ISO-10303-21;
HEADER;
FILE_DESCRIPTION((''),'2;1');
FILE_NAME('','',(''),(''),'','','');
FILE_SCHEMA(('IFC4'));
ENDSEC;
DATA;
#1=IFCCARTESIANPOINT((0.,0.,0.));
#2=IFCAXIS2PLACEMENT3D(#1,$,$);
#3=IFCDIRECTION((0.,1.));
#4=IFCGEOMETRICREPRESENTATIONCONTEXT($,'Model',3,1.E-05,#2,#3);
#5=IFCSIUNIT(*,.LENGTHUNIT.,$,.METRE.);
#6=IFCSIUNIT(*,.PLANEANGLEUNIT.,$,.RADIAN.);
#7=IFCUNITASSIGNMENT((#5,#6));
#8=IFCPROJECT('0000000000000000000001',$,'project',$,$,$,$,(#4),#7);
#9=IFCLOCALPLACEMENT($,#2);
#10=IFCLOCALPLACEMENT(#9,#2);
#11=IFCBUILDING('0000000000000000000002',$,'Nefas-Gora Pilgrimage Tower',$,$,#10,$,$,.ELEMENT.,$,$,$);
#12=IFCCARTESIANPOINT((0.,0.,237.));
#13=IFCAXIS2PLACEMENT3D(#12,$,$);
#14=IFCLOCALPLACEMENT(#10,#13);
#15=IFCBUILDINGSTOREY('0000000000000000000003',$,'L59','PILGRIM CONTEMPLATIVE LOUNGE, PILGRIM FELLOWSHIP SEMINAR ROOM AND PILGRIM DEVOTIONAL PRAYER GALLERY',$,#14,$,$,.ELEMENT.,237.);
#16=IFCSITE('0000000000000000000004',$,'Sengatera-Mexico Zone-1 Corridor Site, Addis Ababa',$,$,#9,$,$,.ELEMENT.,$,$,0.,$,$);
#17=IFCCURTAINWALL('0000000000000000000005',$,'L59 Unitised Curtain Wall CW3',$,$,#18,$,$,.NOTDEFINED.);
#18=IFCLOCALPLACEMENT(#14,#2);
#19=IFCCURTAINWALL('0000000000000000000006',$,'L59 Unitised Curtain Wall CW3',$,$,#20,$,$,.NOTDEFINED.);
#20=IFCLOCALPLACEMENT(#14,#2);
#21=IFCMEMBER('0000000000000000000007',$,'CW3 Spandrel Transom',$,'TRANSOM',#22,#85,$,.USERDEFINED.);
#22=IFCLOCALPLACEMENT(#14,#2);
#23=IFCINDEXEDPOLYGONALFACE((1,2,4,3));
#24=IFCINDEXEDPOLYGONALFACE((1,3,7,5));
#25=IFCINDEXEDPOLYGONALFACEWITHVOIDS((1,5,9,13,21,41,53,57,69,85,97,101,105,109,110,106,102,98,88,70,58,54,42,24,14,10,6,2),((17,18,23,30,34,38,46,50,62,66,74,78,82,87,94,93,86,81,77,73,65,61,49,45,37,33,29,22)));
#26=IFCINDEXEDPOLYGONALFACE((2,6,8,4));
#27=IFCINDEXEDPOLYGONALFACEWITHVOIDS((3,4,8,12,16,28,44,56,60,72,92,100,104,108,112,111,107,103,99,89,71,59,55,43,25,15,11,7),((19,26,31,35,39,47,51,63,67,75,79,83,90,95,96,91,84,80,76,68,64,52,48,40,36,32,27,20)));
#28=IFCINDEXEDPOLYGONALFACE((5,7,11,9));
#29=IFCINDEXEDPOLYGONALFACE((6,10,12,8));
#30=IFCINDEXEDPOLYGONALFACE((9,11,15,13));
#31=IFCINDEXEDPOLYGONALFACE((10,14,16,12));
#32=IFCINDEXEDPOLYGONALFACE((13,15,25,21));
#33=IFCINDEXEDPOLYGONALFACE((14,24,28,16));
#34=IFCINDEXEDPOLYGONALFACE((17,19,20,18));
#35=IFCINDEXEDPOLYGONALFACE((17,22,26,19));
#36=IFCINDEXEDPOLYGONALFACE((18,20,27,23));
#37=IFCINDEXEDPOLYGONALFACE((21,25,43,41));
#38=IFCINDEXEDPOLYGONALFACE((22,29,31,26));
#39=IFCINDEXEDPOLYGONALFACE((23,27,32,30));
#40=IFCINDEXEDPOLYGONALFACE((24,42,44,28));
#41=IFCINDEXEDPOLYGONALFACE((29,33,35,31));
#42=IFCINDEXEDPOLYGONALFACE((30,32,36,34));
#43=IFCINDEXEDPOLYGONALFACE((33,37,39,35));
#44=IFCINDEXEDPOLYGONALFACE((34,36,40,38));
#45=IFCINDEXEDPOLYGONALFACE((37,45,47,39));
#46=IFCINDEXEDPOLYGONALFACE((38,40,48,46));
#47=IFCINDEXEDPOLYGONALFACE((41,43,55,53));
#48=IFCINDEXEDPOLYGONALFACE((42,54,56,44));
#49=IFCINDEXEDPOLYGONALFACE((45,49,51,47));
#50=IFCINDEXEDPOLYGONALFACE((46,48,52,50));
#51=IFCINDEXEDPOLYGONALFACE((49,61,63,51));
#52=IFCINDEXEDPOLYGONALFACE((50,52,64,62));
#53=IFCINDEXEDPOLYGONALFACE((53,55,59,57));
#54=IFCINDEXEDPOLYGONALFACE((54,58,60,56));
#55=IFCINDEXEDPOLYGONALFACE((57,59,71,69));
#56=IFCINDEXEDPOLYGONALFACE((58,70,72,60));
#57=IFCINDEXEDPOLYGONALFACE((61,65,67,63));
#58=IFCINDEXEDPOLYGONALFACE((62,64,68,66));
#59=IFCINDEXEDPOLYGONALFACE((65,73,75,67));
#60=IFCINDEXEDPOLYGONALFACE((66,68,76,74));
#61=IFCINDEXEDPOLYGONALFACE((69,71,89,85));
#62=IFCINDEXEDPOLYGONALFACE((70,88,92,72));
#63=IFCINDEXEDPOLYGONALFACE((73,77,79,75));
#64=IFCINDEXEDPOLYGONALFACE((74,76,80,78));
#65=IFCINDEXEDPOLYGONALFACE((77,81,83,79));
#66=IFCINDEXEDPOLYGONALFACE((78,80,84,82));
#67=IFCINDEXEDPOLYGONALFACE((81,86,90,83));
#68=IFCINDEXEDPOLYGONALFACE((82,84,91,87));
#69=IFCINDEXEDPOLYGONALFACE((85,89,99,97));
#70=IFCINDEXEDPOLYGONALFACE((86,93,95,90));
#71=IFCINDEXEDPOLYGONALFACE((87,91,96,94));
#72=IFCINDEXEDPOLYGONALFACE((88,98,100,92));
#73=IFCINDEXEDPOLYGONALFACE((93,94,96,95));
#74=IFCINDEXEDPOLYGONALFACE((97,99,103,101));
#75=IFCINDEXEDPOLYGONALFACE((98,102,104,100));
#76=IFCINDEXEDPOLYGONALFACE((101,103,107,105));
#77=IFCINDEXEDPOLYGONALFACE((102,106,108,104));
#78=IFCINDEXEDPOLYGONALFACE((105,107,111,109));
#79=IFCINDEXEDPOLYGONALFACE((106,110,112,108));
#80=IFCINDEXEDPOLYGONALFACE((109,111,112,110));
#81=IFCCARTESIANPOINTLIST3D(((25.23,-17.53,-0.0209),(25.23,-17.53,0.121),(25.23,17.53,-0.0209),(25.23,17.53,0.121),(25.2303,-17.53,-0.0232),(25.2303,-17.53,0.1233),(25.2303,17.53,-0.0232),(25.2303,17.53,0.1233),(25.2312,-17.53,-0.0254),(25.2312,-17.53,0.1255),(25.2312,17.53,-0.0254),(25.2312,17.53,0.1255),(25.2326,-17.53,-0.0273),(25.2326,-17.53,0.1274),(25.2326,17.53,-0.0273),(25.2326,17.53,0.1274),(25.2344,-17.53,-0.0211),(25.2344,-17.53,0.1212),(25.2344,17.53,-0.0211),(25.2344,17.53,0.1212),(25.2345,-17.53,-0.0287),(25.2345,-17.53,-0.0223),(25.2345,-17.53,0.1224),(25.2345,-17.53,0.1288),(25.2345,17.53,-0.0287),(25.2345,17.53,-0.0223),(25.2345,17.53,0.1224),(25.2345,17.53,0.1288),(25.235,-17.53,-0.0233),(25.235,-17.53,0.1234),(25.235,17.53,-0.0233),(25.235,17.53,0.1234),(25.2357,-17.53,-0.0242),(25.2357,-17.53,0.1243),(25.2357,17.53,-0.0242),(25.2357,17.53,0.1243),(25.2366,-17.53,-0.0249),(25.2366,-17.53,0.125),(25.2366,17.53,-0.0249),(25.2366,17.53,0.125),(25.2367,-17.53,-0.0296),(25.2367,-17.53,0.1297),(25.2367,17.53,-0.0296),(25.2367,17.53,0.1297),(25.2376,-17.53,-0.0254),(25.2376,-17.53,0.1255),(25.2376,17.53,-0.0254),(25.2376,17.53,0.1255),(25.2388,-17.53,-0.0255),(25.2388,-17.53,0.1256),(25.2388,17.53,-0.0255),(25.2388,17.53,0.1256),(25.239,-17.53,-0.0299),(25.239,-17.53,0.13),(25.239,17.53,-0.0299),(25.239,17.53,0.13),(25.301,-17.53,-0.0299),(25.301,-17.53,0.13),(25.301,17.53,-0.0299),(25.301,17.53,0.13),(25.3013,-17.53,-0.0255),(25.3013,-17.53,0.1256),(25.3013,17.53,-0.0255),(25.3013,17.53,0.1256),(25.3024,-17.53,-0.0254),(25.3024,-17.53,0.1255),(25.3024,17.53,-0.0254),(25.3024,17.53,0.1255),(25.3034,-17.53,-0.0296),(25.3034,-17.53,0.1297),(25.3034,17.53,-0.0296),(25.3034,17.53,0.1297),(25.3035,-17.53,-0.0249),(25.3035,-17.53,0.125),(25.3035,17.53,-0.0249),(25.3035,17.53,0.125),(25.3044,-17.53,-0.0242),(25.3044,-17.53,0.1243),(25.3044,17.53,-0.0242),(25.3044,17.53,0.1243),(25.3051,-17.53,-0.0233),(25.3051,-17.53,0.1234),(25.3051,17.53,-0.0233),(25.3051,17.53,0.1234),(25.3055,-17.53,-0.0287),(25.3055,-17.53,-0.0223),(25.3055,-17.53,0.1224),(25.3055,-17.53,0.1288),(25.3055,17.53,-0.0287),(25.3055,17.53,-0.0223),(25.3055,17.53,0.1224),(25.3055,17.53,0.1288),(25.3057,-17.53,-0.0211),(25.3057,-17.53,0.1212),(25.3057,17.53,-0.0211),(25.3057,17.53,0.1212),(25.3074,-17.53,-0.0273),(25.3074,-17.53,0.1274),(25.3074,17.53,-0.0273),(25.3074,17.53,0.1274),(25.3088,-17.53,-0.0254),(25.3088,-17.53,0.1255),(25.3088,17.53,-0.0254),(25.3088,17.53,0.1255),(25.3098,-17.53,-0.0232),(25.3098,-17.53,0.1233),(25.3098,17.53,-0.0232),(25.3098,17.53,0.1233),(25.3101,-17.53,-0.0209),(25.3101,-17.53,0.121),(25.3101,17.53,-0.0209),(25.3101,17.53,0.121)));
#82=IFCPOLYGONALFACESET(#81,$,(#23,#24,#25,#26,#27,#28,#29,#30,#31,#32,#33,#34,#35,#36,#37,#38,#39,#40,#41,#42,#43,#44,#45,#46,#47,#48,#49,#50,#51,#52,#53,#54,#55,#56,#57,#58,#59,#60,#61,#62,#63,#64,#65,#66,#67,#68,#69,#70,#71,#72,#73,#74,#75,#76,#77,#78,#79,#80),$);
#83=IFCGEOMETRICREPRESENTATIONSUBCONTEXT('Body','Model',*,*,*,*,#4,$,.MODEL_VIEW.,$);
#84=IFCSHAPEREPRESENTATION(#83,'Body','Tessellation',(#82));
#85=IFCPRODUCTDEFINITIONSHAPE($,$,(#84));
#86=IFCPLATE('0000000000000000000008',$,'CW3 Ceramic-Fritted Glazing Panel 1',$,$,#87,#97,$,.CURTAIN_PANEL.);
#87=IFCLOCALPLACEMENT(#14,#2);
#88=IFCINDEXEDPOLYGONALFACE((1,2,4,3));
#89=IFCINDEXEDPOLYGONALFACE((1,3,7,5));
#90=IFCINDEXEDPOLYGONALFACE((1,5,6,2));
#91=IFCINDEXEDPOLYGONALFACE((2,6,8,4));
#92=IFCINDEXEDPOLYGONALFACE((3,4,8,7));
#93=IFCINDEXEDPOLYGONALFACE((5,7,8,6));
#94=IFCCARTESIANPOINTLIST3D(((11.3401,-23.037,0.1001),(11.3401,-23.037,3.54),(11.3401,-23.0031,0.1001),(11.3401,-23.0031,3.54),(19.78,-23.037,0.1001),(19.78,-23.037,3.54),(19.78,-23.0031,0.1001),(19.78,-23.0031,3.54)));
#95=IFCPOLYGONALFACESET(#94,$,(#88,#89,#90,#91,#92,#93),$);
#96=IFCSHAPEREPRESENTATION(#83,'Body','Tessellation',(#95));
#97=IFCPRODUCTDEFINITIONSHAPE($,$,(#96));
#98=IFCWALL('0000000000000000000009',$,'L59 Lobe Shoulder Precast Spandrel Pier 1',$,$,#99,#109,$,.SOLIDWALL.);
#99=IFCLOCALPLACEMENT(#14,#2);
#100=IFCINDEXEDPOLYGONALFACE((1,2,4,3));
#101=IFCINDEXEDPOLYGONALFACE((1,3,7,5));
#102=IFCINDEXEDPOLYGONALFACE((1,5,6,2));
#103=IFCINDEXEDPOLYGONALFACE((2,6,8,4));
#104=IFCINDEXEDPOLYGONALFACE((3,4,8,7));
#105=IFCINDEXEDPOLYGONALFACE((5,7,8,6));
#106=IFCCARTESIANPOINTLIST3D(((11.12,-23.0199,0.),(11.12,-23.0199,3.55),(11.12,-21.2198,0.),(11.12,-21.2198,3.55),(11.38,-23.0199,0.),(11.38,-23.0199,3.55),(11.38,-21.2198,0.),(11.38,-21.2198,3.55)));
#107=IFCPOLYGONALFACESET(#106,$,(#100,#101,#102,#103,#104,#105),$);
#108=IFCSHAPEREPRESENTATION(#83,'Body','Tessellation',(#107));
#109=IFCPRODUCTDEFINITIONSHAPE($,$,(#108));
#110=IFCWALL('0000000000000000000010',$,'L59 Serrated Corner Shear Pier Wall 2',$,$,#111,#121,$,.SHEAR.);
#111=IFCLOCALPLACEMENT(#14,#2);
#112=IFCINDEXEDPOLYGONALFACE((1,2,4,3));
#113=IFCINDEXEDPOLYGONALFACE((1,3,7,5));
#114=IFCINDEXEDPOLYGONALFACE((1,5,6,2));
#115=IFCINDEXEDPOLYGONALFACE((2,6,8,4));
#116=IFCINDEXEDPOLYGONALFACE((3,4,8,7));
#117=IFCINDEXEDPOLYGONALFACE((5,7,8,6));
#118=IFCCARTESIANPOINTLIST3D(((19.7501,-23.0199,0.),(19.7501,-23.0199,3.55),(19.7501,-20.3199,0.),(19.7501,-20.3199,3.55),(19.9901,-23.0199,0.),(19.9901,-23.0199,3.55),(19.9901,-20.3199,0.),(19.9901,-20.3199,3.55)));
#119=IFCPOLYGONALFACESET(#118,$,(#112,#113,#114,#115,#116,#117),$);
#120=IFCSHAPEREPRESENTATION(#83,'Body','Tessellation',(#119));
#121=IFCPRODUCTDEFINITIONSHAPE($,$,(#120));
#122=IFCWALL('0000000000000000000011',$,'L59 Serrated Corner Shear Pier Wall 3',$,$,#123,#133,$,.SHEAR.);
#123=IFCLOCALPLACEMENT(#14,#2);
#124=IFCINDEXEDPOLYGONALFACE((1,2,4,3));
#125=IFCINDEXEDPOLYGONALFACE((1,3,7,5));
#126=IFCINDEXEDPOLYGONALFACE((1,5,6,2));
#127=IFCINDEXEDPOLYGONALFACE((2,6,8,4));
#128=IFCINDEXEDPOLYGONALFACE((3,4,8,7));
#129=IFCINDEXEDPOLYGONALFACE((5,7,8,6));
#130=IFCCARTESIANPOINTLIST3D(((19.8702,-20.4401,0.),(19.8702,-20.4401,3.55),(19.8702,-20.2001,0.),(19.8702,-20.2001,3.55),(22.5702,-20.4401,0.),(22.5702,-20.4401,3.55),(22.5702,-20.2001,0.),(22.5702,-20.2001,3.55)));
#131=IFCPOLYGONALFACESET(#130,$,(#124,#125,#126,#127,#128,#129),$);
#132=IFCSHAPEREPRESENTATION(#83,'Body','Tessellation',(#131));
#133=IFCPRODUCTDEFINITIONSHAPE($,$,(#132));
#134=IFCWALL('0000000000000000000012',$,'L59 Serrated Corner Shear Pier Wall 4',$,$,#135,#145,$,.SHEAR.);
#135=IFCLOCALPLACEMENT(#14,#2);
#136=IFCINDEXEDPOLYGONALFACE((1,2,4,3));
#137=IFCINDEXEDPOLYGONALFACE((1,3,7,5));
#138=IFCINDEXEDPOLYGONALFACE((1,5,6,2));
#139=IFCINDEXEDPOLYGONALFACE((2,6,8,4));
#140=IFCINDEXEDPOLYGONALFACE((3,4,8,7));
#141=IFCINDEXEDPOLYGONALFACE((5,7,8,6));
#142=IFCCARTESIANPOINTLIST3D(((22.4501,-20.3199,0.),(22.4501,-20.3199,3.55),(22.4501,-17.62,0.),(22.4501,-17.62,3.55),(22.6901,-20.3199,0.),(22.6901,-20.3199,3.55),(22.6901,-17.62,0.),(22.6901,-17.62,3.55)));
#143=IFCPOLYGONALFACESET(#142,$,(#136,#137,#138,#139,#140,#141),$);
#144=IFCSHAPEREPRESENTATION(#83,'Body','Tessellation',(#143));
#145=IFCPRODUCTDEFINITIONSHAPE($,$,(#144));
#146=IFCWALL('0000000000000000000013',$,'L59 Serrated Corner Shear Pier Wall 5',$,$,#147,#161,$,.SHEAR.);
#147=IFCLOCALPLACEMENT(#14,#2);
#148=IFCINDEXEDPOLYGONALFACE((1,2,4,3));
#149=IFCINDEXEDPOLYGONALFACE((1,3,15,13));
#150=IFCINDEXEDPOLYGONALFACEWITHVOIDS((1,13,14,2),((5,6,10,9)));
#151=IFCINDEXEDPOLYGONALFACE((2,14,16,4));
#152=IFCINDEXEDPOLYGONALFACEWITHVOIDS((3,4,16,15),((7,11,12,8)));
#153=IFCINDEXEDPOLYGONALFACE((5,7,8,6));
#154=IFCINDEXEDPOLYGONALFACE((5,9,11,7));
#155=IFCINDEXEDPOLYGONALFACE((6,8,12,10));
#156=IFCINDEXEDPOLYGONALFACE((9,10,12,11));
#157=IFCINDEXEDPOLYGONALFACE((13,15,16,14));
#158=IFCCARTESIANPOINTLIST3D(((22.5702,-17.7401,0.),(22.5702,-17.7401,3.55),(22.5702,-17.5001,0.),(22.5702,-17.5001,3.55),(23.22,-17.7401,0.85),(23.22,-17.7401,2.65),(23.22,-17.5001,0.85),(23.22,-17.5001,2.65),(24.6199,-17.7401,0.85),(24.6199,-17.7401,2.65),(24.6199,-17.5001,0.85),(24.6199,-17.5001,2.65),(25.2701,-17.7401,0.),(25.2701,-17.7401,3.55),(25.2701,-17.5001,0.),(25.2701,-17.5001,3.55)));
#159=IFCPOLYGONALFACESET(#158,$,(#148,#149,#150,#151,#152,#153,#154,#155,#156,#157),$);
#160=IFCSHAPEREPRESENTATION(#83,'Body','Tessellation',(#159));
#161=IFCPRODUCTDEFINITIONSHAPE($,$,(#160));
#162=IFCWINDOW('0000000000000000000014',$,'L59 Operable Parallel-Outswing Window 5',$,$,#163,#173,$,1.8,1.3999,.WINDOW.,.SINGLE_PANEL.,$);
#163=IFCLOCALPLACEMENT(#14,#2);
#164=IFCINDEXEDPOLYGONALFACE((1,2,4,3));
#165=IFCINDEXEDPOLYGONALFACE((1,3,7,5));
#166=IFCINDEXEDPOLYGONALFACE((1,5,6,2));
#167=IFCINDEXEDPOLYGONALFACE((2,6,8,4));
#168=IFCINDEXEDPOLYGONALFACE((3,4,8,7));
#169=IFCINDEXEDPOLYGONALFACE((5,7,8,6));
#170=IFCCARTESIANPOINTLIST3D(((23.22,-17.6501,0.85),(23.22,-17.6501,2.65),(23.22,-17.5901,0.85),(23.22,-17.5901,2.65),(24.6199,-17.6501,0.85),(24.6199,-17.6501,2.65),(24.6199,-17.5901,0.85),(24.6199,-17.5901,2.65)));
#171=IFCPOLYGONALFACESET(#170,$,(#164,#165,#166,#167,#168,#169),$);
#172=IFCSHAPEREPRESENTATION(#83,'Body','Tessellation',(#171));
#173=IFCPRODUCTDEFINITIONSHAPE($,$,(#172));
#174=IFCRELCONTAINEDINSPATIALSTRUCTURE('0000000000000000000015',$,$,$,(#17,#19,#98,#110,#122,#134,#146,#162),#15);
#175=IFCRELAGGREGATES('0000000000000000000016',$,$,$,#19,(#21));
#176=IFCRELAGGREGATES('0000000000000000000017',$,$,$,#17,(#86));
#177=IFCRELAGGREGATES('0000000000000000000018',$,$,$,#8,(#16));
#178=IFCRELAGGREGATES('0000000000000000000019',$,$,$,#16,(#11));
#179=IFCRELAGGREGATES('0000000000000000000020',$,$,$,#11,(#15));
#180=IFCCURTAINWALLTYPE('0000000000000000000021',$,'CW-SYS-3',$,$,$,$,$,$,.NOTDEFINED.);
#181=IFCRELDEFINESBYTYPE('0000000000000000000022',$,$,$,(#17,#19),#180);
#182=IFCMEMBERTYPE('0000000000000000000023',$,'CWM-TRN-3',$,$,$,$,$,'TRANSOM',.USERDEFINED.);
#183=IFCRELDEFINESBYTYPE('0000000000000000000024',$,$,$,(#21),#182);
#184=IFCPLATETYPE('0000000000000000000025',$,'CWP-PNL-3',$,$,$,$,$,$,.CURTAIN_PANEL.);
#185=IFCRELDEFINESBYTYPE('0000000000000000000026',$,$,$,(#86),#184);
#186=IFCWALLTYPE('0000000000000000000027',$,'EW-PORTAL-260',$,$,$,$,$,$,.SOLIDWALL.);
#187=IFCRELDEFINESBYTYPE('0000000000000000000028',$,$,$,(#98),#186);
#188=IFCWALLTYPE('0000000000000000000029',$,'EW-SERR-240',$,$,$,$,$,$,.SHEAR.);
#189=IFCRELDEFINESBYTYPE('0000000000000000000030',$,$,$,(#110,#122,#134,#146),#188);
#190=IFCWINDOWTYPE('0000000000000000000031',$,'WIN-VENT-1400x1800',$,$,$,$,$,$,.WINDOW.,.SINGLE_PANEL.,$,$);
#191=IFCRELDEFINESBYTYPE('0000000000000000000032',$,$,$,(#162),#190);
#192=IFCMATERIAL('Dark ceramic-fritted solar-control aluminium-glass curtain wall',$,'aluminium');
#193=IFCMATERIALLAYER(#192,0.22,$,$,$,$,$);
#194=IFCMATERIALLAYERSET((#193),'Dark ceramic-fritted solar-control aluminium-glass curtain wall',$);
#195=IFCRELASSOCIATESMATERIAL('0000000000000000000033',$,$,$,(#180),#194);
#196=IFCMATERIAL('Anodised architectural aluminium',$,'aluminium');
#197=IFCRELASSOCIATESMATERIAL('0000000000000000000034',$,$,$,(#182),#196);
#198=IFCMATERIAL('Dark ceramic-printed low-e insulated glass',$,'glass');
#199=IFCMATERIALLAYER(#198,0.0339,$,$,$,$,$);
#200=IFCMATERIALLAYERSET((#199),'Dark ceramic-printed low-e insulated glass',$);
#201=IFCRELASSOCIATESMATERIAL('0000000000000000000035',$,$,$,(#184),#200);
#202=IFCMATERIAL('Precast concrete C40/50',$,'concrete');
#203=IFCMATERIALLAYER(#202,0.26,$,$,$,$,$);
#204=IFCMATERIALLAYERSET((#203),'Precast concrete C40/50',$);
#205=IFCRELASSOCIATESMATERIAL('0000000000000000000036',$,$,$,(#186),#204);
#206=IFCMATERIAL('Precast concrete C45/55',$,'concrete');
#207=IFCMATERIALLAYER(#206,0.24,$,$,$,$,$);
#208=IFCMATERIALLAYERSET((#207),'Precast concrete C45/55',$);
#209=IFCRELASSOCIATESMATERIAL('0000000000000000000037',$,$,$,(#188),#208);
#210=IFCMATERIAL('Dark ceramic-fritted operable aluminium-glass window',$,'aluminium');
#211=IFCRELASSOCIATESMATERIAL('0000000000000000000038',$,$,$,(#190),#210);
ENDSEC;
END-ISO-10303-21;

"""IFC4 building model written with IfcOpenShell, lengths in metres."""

from ifc_helpers import new_model, si_unit, direction, frame, frame_2d, origin, origin_2d, place, context, subcontext, project, spatial, rectangle, hollow_rectangle, extrude, source, transform, mapped, material, layer, layer_set, material_profile, profile_set, type_object, element, fill, aggregate, save


model = new_model("IFC4")

# Units and contexts
model_context = context("Model", 3, precision=1e-05, world=origin(), true_north=direction((0.0, 1.0)))
body_context = subcontext(model_context, "Body", "Model", "MODEL_VIEW")
ifc_project = project(units=[si_unit("LENGTHUNIT", "METRE"), si_unit("PLANEANGLEUNIT", "RADIAN")], contexts=[model_context])

# Site, building, storey
site_placement = place(None, origin())
site = spatial("IfcSite", under=ifc_project, at=site_placement, Name="Sengatera-Mexico Zone-1 Corridor Site, Addis Ababa", CompositionType="ELEMENT", RefElevation=0.0)
building_placement = place(site_placement, origin())
building = spatial("IfcBuilding", under=site, at=building_placement, Name="Nefas-Gora Pilgrimage Tower", CompositionType="ELEMENT")
storey_placement = place(building_placement, frame((0.0, 0.0, 237.0)))
storey = spatial("IfcBuildingStorey", under=building, at=storey_placement, Name="L59", Description="PILGRIM CONTEMPLATIVE LOUNGE, PILGRIM FELLOWSHIP SEMINAR ROOM AND PILGRIM DEVOTIONAL PRAYER GALLERY", CompositionType="ELEMENT", Elevation=237.0)

# Curtain wall
ifc_material_1 = material(Name="Dark ceramic-fritted solar-control aluminium-glass curtain wall", Category="aluminium")
ifc_layer_1 = layer(ifc_material_1, 0.22)
ifc_layer_set_1 = layer_set([ifc_layer_1], Name="Dark ceramic-fritted solar-control aluminium-glass curtain wall")
curtain_wall_type = type_object("IfcCurtainWallType", Name="CW-SYS-3", PredefinedType="NOTDEFINED", material=ifc_layer_set_1)
curtain_wall_1_placement = place(storey_placement, origin())
curtain_wall_1 = element("IfcCurtainWall", 1, at=curtain_wall_1_placement, inside=storey, type_object=curtain_wall_type, Name="L59 Unitised Curtain Wall CW3", PredefinedType="NOTDEFINED")
ifc_material_2 = material(Name="Anodised architectural aluminium", Category="aluminium")

# Curtain wall
curtain_wall_2_placement = place(storey_placement, origin())
curtain_wall_2 = element("IfcCurtainWall", 2, at=curtain_wall_2_placement, inside=storey, type_object=curtain_wall_type, Name="L59 Unitised Curtain Wall CW3", PredefinedType="NOTDEFINED")

# Member
ifc_material_profile_1 = material_profile(ifc_material_2, hollow_rectangle(XDim=0.0801, YDim=0.1599, WallThickness=0.0044, InnerFilletRadius=0.0044, OuterFilletRadius=0.009, at=origin_2d()), Name="ALU TRANSOM 80x160")
ifc_profile_set_1 = profile_set([ifc_material_profile_1], Name="Anodised architectural aluminium")
member_type_1 = type_object("IfcMemberType", Name="CWM-TRN-3", ElementType="TRANSOM", PredefinedType="USERDEFINED", material=ifc_profile_set_1)
shared_shape_1 = source(origin(), body_context, "Body", "SweptSolid", [
    extrude(hollow_rectangle(XDim=0.0801, YDim=0.1599, WallThickness=0.0044, InnerFilletRadius=0.0044, OuterFilletRadius=0.009, at=origin_2d()), origin(), (0.0, 0.0, 1.0), 35.0601),
])
member_1_placement = place(storey_placement, frame((25.27, -17.53, 0.05), z_axis=(0.0, 1.0, 0.0), x_axis=(-1.0, 0.0, 0.0)))
member_1 = element("IfcMember", 3, at=member_1_placement, type_object=member_type_1, Name="CW3 Spandrel Transom", ObjectType="TRANSOM", PredefinedType="USERDEFINED", context=body_context, shape_type="MappedRepresentation", body=[
    mapped(shared_shape_1, transform((0.0, 0.0, 0.0), x_axis=(1.0, 0.0, 0.0), y_axis=(0.0, 1.0, 0.0), z_axis=(0.0, 0.0, 1.0), scale=1.0)),
])
aggregate(curtain_wall_2, [member_1])

# Plate
ifc_material_3 = material(Name="Dark ceramic-printed low-e insulated glass", Category="glass")
ifc_layer_2 = layer(ifc_material_3, 0.0339)
ifc_layer_set_2 = layer_set([ifc_layer_2], Name="Dark ceramic-printed low-e insulated glass")
plate_type = type_object("IfcPlateType", Name="CWP-PNL-3", PredefinedType="CURTAIN_PANEL", material=ifc_layer_set_2)
shared_shape_2 = source(origin(), body_context, "Body", "SweptSolid", [
    extrude(rectangle(XDim=8.4399, YDim=0.0339, at=origin_2d()), origin(), (0.0, 0.0, 1.0), 3.4399),
])
plate_placement = place(storey_placement, frame((15.5601, -23.02, 0.1001), z_axis=(0.0, 0.0, 1.0), x_axis=(1.0, 0.0, 0.0)))
plate = element("IfcPlate", 4, at=plate_placement, type_object=plate_type, Name="CW3 Ceramic-Fritted Glazing Panel 1", PredefinedType="CURTAIN_PANEL", context=body_context, shape_type="MappedRepresentation", body=[
    mapped(shared_shape_2, transform((0.0, 0.0, 0.0), x_axis=(1.0, 0.0, 0.0), y_axis=(0.0, 1.0, 0.0), z_axis=(0.0, 0.0, 1.0), scale=1.0)),
])
aggregate(curtain_wall_1, [plate])

# Walls
ifc_material_4 = material(Name="Precast concrete C40/50", Category="concrete")
ifc_layer_3 = layer(ifc_material_4, 0.26)
ifc_layer_set_3 = layer_set([ifc_layer_3], Name="Precast concrete C40/50")
wall_type_1 = type_object("IfcWallType", Name="EW-PORTAL-260", PredefinedType="SOLIDWALL", material=ifc_layer_set_3)
shared_shape_3 = source(origin(), body_context, "Body", "SweptSolid", [
    extrude(rectangle(XDim=1.8, YDim=0.26, at=frame_2d((0.8999, 0.0))), origin(), (0.0, 0.0, 1.0), 3.55),
])
wall_1_placement = place(storey_placement, frame((11.25, -21.22, 0.0), z_axis=(0.0, 0.0, 1.0), x_axis=(0.0, -1.0, 0.0)))
element("IfcWall", 5, at=wall_1_placement, inside=storey, type_object=wall_type_1, Name="L59 Lobe Shoulder Precast Spandrel Pier 1", PredefinedType="SOLIDWALL", context=body_context, shape_type="MappedRepresentation", body=[
    mapped(shared_shape_3, transform((0.0, 0.0, 0.0), x_axis=(1.0, 0.0, 0.0), y_axis=(0.0, 1.0, 0.0), z_axis=(0.0, 0.0, 1.0), scale=1.0)),
])
ifc_material_5 = material(Name="Precast concrete C45/55", Category="concrete")
ifc_layer_4 = layer(ifc_material_5, 0.24)
ifc_layer_set_4 = layer_set([ifc_layer_4], Name="Precast concrete C45/55")
wall_type_2 = type_object("IfcWallType", Name="EW-SERR-240", PredefinedType="SHEAR", material=ifc_layer_set_4)
shared_shape_4 = source(origin(), body_context, "Body", "SweptSolid", [
    extrude(rectangle(XDim=2.7, YDim=0.24, at=frame_2d((1.3501, 0.0))), origin(), (0.0, 0.0, 1.0), 3.55),
])
for number, where, z_axis, x_axis, name in (
    (6, (19.8701, -23.02, 0.0), (0.0, 0.0, 1.0), (0.0, 1.0, 0.0), "L59 Serrated Corner Shear Pier Wall 2"),
    (7, (19.8701, -20.3201, 0.0), (0.0, 0.0, 1.0), (1.0, 0.0, 0.0), "L59 Serrated Corner Shear Pier Wall 3"),
    (8, (22.5701, -20.3201, 0.0), (0.0, 0.0, 1.0), (0.0, 1.0, 0.0), "L59 Serrated Corner Shear Pier Wall 4"),
):
    element("IfcWall", number, at=place(storey_placement, frame(where, z_axis=z_axis, x_axis=x_axis)), inside=storey, type_object=wall_type_2, Name=name, PredefinedType="SHEAR", context=body_context, shape_type="MappedRepresentation", body=[
        mapped(shared_shape_4, transform((0.0, 0.0, 0.0), x_axis=(1.0, 0.0, 0.0), y_axis=(0.0, 1.0, 0.0), z_axis=(0.0, 0.0, 1.0), scale=1.0)),
    ])

# Wall, opening, window
wall_2_placement = place(storey_placement, frame((22.5701, -17.6201, 0.0), z_axis=(0.0, 0.0, 1.0), x_axis=(1.0, 0.0, 0.0)))
wall_2 = element("IfcWall", 9, at=wall_2_placement, inside=storey, type_object=wall_type_2, Name="L59 Serrated Corner Shear Pier Wall 5", PredefinedType="SHEAR", context=body_context, shape_type="MappedRepresentation", body=[
    mapped(shared_shape_4, transform((0.0, 0.0, 0.0), x_axis=(1.0, 0.0, 0.0), y_axis=(0.0, 1.0, 0.0), z_axis=(0.0, 0.0, 1.0), scale=1.0)),
])
opening_1_placement = place(wall_2_placement, frame((0.6499, 0.0, 0.8501)))
opening_1 = element("IfcOpeningElement", 10, at=opening_1_placement, cuts=wall_2, PredefinedType="OPENING", context=body_context, shape_type="SweptSolid", body=[
    extrude(rectangle(XDim=1.3999, YDim=1.8, at=frame_2d((0.7, 0.8999))), frame((0.0, 0.1299, 0.0), z_axis=(0.0, -1.0, 0.0), x_axis=(1.0, 0.0, 0.0)), (0.0, 0.0, 1.0), 0.26),
])
ifc_material_6 = material(Name="Dark ceramic-fritted operable aluminium-glass window", Category="aluminium")
window_type = type_object("IfcWindowType", Name="WIN-VENT-1400x1800", PartitioningType="SINGLE_PANEL", PredefinedType="WINDOW", material=ifc_material_6)
shared_shape_5 = source(origin(), body_context, "Body", "SweptSolid", [
    extrude(rectangle(XDim=1.3999, YDim=1.8, at=frame_2d((0.7, 0.8999))), frame((0.0, 0.03, 0.0), z_axis=(0.0, -1.0, 0.0), x_axis=(1.0, 0.0, 0.0)), (0.0, 0.0, 1.0), 0.0601),
])
window_placement = place(opening_1_placement, origin())
window = element("IfcWindow", 11, at=window_placement, inside=storey, type_object=window_type, Name="L59 Operable Parallel-Outswing Window 5", OverallHeight=1.8, OverallWidth=1.3999, PartitioningType="SINGLE_PANEL", PredefinedType="WINDOW", context=body_context, shape_type="MappedRepresentation", body=[
    mapped(shared_shape_5, transform((0.0, 0.0, 0.0), x_axis=(1.0, 0.0, 0.0), y_axis=(0.0, 1.0, 0.0), z_axis=(0.0, 0.0, 1.0), scale=1.0)),
])
fill(opening_1, window)

save(model, "model.ifc")
